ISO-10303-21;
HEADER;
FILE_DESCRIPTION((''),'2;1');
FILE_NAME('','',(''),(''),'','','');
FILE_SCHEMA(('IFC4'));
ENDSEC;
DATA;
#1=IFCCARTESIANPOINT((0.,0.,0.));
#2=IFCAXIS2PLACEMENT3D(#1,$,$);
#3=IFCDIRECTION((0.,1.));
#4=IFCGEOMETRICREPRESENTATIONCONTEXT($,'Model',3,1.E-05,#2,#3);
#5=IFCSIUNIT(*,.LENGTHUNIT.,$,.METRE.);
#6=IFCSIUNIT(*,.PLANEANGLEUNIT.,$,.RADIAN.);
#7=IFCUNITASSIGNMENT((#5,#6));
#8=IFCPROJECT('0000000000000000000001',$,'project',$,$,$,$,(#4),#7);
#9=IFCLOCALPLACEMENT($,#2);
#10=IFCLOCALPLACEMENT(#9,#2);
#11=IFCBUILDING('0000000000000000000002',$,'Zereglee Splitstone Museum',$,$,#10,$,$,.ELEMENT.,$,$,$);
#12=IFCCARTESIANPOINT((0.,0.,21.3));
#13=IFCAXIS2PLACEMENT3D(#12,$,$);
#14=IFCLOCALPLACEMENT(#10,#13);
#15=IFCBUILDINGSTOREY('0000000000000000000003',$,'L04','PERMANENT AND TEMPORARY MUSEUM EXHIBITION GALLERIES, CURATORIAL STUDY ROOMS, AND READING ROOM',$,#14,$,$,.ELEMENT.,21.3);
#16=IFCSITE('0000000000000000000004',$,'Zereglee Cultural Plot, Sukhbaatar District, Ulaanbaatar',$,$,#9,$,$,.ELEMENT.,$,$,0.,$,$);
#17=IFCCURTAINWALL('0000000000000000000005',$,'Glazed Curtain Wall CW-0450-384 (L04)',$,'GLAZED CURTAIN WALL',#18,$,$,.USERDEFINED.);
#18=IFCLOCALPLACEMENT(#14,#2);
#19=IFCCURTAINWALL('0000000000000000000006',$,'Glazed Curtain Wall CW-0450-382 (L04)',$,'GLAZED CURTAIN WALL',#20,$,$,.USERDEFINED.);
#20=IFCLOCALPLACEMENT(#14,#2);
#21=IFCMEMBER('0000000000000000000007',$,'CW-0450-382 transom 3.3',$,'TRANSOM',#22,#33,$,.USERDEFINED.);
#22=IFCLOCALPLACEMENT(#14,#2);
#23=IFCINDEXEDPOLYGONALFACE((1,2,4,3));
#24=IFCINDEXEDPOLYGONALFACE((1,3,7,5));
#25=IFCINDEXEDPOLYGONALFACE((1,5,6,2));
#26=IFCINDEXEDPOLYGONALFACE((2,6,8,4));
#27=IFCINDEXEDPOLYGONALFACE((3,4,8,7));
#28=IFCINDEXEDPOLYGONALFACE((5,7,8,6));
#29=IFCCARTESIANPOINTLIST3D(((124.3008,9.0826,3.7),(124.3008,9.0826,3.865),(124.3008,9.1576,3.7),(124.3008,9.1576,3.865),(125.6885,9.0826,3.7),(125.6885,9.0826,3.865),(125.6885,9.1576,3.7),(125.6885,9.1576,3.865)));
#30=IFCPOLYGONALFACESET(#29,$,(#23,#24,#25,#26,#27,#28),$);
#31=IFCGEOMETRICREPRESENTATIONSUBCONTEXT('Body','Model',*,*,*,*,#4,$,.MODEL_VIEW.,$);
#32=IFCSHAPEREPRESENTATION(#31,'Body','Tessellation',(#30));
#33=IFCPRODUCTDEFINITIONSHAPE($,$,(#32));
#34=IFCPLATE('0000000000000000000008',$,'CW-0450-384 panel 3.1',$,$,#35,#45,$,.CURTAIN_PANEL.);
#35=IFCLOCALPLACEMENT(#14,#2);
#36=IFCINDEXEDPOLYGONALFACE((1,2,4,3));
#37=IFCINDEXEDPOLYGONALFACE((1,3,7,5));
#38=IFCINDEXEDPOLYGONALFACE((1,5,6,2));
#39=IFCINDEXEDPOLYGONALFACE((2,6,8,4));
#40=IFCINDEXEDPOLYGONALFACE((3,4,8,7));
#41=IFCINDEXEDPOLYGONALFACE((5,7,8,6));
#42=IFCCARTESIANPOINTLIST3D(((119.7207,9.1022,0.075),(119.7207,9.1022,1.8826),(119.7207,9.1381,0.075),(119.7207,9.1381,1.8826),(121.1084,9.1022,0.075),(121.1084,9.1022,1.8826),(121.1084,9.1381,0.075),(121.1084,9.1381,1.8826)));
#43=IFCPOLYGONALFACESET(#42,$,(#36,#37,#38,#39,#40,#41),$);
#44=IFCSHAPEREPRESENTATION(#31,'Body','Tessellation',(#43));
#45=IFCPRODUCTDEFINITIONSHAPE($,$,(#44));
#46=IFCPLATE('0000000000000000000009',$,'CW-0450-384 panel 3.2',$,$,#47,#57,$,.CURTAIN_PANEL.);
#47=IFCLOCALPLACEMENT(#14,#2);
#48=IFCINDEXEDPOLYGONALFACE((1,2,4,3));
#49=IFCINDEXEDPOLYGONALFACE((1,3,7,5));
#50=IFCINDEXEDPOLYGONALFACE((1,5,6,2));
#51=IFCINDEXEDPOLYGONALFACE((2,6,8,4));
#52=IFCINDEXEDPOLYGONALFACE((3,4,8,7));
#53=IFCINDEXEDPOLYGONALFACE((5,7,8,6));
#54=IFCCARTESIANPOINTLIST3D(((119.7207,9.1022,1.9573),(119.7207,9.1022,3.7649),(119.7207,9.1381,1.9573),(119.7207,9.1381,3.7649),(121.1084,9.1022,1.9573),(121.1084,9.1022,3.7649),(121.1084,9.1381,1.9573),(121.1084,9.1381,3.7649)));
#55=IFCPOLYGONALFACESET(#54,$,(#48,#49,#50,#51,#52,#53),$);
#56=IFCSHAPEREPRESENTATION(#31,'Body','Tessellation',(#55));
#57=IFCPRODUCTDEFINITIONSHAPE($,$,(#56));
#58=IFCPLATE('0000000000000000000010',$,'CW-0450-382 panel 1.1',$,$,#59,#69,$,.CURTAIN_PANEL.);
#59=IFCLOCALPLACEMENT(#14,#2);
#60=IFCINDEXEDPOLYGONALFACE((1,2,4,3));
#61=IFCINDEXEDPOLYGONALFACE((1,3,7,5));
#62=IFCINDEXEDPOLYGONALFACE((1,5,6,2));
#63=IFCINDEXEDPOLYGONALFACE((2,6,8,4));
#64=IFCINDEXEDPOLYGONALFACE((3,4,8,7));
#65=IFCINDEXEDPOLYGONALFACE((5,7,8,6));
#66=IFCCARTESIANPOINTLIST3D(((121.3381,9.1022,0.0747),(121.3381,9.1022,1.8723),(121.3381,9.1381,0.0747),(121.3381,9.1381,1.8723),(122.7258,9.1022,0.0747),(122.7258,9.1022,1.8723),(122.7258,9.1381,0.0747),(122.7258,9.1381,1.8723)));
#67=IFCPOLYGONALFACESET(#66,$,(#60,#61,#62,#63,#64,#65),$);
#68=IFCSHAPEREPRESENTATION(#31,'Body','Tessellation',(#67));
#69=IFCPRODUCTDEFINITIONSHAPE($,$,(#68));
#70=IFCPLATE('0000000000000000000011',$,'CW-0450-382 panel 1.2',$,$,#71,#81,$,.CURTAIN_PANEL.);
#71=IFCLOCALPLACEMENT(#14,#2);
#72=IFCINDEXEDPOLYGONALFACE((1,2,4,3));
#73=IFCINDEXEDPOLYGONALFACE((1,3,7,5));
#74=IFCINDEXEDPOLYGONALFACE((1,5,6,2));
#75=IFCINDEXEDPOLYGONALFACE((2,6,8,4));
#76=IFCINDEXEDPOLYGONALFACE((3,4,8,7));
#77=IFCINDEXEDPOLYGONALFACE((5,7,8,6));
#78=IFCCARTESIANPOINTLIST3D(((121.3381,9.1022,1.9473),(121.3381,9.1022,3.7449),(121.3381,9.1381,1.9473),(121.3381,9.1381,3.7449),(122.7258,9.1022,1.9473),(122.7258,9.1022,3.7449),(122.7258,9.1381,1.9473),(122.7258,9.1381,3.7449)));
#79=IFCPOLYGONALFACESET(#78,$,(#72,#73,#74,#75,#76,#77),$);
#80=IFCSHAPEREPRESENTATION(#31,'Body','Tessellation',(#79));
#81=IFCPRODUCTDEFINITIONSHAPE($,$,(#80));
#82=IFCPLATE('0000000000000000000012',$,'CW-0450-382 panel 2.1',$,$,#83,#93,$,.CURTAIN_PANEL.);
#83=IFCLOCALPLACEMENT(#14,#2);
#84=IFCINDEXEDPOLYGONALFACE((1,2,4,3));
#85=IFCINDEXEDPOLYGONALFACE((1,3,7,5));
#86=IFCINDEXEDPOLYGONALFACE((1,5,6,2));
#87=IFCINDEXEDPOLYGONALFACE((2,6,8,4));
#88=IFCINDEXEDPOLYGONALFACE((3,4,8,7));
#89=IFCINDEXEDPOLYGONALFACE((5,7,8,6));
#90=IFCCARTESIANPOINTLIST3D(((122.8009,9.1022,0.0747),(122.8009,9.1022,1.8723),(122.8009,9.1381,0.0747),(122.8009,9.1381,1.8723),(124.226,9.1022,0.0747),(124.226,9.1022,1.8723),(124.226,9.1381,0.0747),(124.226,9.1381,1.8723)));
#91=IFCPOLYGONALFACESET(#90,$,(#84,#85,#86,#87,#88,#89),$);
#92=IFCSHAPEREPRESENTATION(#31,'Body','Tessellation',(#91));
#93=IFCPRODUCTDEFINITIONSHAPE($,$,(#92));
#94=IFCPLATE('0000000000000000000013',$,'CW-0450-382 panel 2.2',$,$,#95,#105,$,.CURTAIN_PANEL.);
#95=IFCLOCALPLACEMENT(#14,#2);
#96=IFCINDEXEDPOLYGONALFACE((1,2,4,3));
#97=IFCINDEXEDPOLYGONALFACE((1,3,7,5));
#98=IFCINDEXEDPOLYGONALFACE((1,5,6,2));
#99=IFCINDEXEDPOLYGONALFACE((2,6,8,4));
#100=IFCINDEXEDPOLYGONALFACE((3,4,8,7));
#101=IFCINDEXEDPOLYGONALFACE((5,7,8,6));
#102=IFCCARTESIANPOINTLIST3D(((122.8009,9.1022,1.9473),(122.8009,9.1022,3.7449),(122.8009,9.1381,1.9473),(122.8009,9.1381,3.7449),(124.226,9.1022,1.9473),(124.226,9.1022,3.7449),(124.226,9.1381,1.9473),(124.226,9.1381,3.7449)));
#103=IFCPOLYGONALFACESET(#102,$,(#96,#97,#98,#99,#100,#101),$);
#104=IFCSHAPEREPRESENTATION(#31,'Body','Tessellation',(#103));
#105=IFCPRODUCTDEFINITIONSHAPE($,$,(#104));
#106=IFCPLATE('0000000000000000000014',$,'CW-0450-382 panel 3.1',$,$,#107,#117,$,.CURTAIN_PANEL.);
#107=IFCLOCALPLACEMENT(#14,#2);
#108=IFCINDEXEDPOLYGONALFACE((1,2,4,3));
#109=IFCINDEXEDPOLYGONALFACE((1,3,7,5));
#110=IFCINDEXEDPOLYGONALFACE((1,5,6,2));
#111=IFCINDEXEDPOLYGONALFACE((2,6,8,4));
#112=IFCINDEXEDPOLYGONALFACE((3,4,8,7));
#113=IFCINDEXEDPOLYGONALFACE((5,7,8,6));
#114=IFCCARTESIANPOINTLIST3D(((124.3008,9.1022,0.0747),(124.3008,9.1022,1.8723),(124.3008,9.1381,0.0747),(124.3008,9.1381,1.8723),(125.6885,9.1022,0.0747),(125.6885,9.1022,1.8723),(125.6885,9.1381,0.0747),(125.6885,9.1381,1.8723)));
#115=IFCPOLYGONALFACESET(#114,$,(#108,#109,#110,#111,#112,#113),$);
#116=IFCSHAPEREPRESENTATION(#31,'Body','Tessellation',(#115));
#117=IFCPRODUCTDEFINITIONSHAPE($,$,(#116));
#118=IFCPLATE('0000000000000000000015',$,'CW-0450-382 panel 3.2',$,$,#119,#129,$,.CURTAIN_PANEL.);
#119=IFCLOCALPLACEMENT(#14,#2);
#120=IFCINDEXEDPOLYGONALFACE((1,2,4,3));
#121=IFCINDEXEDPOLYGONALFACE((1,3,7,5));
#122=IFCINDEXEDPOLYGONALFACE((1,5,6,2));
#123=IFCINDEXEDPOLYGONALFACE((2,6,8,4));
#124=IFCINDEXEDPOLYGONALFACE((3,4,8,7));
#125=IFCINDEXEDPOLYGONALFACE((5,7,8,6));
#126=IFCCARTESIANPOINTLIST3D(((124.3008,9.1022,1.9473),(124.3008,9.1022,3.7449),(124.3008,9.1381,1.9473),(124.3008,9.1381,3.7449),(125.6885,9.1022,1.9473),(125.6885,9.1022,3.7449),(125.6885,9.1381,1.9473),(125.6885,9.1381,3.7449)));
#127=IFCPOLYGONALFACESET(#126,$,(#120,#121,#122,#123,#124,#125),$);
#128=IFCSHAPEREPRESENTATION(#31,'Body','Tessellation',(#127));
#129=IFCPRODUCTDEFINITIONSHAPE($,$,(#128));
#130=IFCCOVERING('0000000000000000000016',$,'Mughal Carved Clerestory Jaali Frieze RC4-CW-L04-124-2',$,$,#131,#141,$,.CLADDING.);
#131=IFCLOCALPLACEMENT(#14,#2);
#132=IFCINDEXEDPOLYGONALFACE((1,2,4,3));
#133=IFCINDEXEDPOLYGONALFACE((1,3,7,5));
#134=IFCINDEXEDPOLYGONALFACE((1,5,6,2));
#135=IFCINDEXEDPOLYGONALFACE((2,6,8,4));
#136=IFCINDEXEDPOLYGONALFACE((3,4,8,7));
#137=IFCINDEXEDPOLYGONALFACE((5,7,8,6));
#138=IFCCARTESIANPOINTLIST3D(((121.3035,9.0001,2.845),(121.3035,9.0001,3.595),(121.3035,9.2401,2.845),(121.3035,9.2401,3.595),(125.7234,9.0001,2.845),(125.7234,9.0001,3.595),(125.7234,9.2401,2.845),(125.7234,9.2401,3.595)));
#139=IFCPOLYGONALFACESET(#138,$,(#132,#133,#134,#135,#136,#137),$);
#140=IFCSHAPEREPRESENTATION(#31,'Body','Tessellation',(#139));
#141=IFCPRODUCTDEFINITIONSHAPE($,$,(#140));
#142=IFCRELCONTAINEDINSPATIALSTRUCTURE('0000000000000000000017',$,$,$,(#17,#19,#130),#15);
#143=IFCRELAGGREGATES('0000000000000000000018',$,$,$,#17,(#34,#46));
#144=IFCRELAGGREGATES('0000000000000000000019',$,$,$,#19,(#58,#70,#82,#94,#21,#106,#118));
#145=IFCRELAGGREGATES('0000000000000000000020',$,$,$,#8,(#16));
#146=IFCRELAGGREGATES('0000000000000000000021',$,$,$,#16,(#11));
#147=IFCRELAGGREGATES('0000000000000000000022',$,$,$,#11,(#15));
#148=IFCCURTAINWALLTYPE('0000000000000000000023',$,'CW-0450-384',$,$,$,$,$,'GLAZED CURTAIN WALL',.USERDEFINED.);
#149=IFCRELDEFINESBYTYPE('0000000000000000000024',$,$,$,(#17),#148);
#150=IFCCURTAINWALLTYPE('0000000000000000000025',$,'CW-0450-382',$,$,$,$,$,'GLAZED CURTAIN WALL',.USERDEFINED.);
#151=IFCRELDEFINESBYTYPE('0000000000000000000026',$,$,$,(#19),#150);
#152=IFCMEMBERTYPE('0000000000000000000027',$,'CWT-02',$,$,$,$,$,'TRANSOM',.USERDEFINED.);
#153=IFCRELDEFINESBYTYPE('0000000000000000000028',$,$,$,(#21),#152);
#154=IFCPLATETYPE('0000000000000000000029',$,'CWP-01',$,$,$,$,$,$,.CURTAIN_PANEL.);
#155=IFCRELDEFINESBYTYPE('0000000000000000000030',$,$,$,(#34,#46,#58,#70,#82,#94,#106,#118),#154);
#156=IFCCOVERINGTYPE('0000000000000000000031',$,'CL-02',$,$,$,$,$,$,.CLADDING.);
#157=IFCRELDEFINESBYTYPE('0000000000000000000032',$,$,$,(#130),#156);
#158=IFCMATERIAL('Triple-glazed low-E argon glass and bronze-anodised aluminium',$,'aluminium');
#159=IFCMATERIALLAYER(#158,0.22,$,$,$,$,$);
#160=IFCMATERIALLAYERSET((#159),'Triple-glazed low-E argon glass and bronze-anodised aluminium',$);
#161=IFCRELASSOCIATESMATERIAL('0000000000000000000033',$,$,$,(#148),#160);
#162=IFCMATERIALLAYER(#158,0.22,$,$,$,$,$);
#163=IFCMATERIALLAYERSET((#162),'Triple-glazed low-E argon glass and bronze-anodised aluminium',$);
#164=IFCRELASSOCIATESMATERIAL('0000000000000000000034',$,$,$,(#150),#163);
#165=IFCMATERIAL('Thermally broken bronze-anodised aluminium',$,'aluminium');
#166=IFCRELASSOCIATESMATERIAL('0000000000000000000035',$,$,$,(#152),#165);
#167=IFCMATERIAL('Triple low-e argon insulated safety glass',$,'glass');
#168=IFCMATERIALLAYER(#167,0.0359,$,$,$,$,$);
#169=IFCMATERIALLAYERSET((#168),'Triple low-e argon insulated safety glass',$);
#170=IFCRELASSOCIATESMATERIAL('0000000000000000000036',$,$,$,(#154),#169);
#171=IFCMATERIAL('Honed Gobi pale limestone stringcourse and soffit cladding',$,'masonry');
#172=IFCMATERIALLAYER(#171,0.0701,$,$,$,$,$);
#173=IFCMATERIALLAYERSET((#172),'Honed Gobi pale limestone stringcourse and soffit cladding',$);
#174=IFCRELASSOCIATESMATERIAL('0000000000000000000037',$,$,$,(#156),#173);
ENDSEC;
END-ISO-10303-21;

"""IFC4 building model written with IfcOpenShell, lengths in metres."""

from ifc_helpers import new_model, si_unit, direction, frame, origin, origin_2d, place, context, subcontext, project, spatial, rectangle, extrude, material, layer, layer_set, material_profile, profile_set, type_object, element, aggregate, save


model = new_model("IFC4")

# Units and contexts
model_context = context("Model", 3, precision=1e-05, world=origin(), true_north=direction((0.0, 1.0)))
body_context = subcontext(model_context, "Body", "Model", "MODEL_VIEW")
ifc_project = project(units=[si_unit("LENGTHUNIT", "METRE"), si_unit("PLANEANGLEUNIT", "RADIAN")], contexts=[model_context])

# Site, building, storey
site_placement = place(None, origin())
site = spatial("IfcSite", under=ifc_project, at=site_placement, Name="Zereglee Cultural Plot, Sukhbaatar District, Ulaanbaatar", CompositionType="ELEMENT", RefElevation=0.0)
building_placement = place(site_placement, origin())
building = spatial("IfcBuilding", under=site, at=building_placement, Name="Zereglee Splitstone Museum", CompositionType="ELEMENT")
storey_placement = place(building_placement, frame((0.0, 0.0, 21.3)))
storey = spatial("IfcBuildingStorey", under=building, at=storey_placement, Name="L04", Description="PERMANENT AND TEMPORARY MUSEUM EXHIBITION GALLERIES, CURATORIAL STUDY ROOMS, AND READING ROOM", CompositionType="ELEMENT", Elevation=21.3)

# Curtain wall
ifc_material_1 = material(Name="Triple-glazed low-E argon glass and bronze-anodised aluminium", Category="aluminium")
ifc_layer_1 = layer(ifc_material_1, 0.22)
ifc_layer_set_1 = layer_set([ifc_layer_1], Name="Triple-glazed low-E argon glass and bronze-anodised aluminium")
curtain_wall_type_1 = type_object("IfcCurtainWallType", Name="CW-0450-384", ElementType="GLAZED CURTAIN WALL", PredefinedType="USERDEFINED", material=ifc_layer_set_1)
curtain_wall_1_placement = place(storey_placement, origin())
curtain_wall_1 = element("IfcCurtainWall", 1, at=curtain_wall_1_placement, inside=storey, type_object=curtain_wall_type_1, Name="Glazed Curtain Wall CW-0450-384 (L04)", ObjectType="GLAZED CURTAIN WALL", PredefinedType="USERDEFINED")
ifc_material_2 = material(Name="Thermally broken bronze-anodised aluminium", Category="aluminium")

# Curtain wall
ifc_layer_2 = layer(ifc_material_1, 0.22)
ifc_layer_set_2 = layer_set([ifc_layer_2], Name="Triple-glazed low-E argon glass and bronze-anodised aluminium")
curtain_wall_type_2 = type_object("IfcCurtainWallType", Name="CW-0450-382", ElementType="GLAZED CURTAIN WALL", PredefinedType="USERDEFINED", material=ifc_layer_set_2)
curtain_wall_2_placement = place(storey_placement, origin())
curtain_wall_2 = element("IfcCurtainWall", 2, at=curtain_wall_2_placement, inside=storey, type_object=curtain_wall_type_2, Name="Glazed Curtain Wall CW-0450-382 (L04)", ObjectType="GLAZED CURTAIN WALL", PredefinedType="USERDEFINED")

# Member
ifc_material_profile_1 = material_profile(ifc_material_2, rectangle(XDim=0.075, YDim=0.165, at=origin_2d()), Name="CW TRAN 75x165")
ifc_profile_set_1 = profile_set([ifc_material_profile_1], Name="Thermally broken bronze-anodised aluminium")
member_type_1 = type_object("IfcMemberType", Name="CWT-02", ElementType="TRANSOM", PredefinedType="USERDEFINED", material=ifc_profile_set_1)
member_1_placement = place(storey_placement, frame((124.3008, 9.1201, 3.7825), z_axis=(1.0, 0.0, 0.0), x_axis=(0.0, 1.0, 0.0)))
member_1 = element("IfcMember", 3, at=member_1_placement, type_object=member_type_1, Name="CW-0450-382 transom 3.3", ObjectType="TRANSOM", PredefinedType="USERDEFINED", context=body_context, shape_type="SweptSolid", body=[
    extrude(rectangle(XDim=0.075, YDim=0.165, at=origin_2d()), origin(), (0.0, 0.0, 1.0), 1.3877),
])

# Plates
ifc_material_3 = material(Name="Triple low-e argon insulated safety glass", Category="glass")
ifc_layer_3 = layer(ifc_material_3, 0.0359)
ifc_layer_set_3 = layer_set([ifc_layer_3], Name="Triple low-e argon insulated safety glass")
plate_type = type_object("IfcPlateType", Name="CWP-01", PredefinedType="CURTAIN_PANEL", material=ifc_layer_set_3)
plate_1_placement = place(storey_placement, frame((120.4146, 9.1201, 0.075), z_axis=(0.0, 0.0, 1.0), x_axis=(1.0, 0.0, 0.0)))
plate_1 = element("IfcPlate", 4, at=plate_1_placement, type_object=plate_type, Name="CW-0450-384 panel 3.1", PredefinedType="CURTAIN_PANEL", context=body_context, shape_type="SweptSolid", body=[
    extrude(rectangle(XDim=1.3877, YDim=0.0359, at=origin_2d()), origin(), (0.0, 0.0, 1.0), 1.8076),
])
plate_2_placement = place(storey_placement, frame((120.4146, 9.1201, 1.9573), z_axis=(0.0, 0.0, 1.0), x_axis=(1.0, 0.0, 0.0)))
plate_2 = element("IfcPlate", 5, at=plate_2_placement, type_object=plate_type, Name="CW-0450-384 panel 3.2", PredefinedType="CURTAIN_PANEL", context=body_context, shape_type="SweptSolid", body=[
    extrude(rectangle(XDim=1.3877, YDim=0.0359, at=origin_2d()), origin(), (0.0, 0.0, 1.0), 1.8076),
])
aggregate(curtain_wall_1, [plate_1, plate_2])
plate_3_placement = place(storey_placement, frame((122.032, 9.1201, 0.0747), z_axis=(0.0, 0.0, 1.0), x_axis=(1.0, 0.0, 0.0)))
plate_3 = element("IfcPlate", 6, at=plate_3_placement, type_object=plate_type, Name="CW-0450-382 panel 1.1", PredefinedType="CURTAIN_PANEL", context=body_context, shape_type="SweptSolid", body=[
    extrude(rectangle(XDim=1.3877, YDim=0.0359, at=origin_2d()), origin(), (0.0, 0.0, 1.0), 1.7976),
])
plate_4_placement = place(storey_placement, frame((122.032, 9.1201, 1.9473), z_axis=(0.0, 0.0, 1.0), x_axis=(1.0, 0.0, 0.0)))
plate_4 = element("IfcPlate", 7, at=plate_4_placement, type_object=plate_type, Name="CW-0450-382 panel 1.2", PredefinedType="CURTAIN_PANEL", context=body_context, shape_type="SweptSolid", body=[
    extrude(rectangle(XDim=1.3877, YDim=0.0359, at=origin_2d()), origin(), (0.0, 0.0, 1.0), 1.7976),
])
plate_5_placement = place(storey_placement, frame((123.5134, 9.1201, 0.0747), z_axis=(0.0, 0.0, 1.0), x_axis=(1.0, 0.0, 0.0)))
plate_5 = element("IfcPlate", 8, at=plate_5_placement, type_object=plate_type, Name="CW-0450-382 panel 2.1", PredefinedType="CURTAIN_PANEL", context=body_context, shape_type="SweptSolid", body=[
    extrude(rectangle(XDim=1.425, YDim=0.0359, at=origin_2d()), origin(), (0.0, 0.0, 1.0), 1.7976),
])
plate_6_placement = place(storey_placement, frame((123.5134, 9.1201, 1.9473), z_axis=(0.0, 0.0, 1.0), x_axis=(1.0, 0.0, 0.0)))
plate_6 = element("IfcPlate", 9, at=plate_6_placement, type_object=plate_type, Name="CW-0450-382 panel 2.2", PredefinedType="CURTAIN_PANEL", context=body_context, shape_type="SweptSolid", body=[
    extrude(rectangle(XDim=1.425, YDim=0.0359, at=origin_2d()), origin(), (0.0, 0.0, 1.0), 1.7976),
])
plate_7_placement = place(storey_placement, frame((124.9946, 9.1201, 0.0747), z_axis=(0.0, 0.0, 1.0), x_axis=(1.0, 0.0, 0.0)))
plate_7 = element("IfcPlate", 10, at=plate_7_placement, type_object=plate_type, Name="CW-0450-382 panel 3.1", PredefinedType="CURTAIN_PANEL", context=body_context, shape_type="SweptSolid", body=[
    extrude(rectangle(XDim=1.3877, YDim=0.0359, at=origin_2d()), origin(), (0.0, 0.0, 1.0), 1.7976),
])
plate_8_placement = place(storey_placement, frame((124.9946, 9.1201, 1.9473), z_axis=(0.0, 0.0, 1.0), x_axis=(1.0, 0.0, 0.0)))
plate_8 = element("IfcPlate", 11, at=plate_8_placement, type_object=plate_type, Name="CW-0450-382 panel 3.2", PredefinedType="CURTAIN_PANEL", context=body_context, shape_type="SweptSolid", body=[
    extrude(rectangle(XDim=1.3877, YDim=0.0359, at=origin_2d()), origin(), (0.0, 0.0, 1.0), 1.7976),
])
aggregate(curtain_wall_2, [plate_3, plate_4, plate_5, plate_6, member_1, plate_7, plate_8])

# Covering
ifc_material_4 = material(Name="Honed Gobi pale limestone stringcourse and soffit cladding", Category="masonry")
ifc_layer_4 = layer(ifc_material_4, 0.0701)
ifc_layer_set_4 = layer_set([ifc_layer_4], Name="Honed Gobi pale limestone stringcourse and soffit cladding")
covering_type = type_object("IfcCoveringType", Name="CL-02", PredefinedType="CLADDING", material=ifc_layer_set_4)
covering_placement = place(storey_placement, frame((123.5134, 9.1201, 2.845), z_axis=(0.0, 0.0, 1.0), x_axis=(1.0, 0.0, 0.0)))
element("IfcCovering", 12, at=covering_placement, inside=storey, type_object=covering_type, Name="Mughal Carved Clerestory Jaali Frieze RC4-CW-L04-124-2", PredefinedType="CLADDING", context=body_context, shape_type="SweptSolid", body=[
    extrude(rectangle(XDim=4.4199, YDim=0.24, at=origin_2d()), origin(), (0.0, 0.0, 1.0), 0.75),
])

save(model, "model.ifc")
